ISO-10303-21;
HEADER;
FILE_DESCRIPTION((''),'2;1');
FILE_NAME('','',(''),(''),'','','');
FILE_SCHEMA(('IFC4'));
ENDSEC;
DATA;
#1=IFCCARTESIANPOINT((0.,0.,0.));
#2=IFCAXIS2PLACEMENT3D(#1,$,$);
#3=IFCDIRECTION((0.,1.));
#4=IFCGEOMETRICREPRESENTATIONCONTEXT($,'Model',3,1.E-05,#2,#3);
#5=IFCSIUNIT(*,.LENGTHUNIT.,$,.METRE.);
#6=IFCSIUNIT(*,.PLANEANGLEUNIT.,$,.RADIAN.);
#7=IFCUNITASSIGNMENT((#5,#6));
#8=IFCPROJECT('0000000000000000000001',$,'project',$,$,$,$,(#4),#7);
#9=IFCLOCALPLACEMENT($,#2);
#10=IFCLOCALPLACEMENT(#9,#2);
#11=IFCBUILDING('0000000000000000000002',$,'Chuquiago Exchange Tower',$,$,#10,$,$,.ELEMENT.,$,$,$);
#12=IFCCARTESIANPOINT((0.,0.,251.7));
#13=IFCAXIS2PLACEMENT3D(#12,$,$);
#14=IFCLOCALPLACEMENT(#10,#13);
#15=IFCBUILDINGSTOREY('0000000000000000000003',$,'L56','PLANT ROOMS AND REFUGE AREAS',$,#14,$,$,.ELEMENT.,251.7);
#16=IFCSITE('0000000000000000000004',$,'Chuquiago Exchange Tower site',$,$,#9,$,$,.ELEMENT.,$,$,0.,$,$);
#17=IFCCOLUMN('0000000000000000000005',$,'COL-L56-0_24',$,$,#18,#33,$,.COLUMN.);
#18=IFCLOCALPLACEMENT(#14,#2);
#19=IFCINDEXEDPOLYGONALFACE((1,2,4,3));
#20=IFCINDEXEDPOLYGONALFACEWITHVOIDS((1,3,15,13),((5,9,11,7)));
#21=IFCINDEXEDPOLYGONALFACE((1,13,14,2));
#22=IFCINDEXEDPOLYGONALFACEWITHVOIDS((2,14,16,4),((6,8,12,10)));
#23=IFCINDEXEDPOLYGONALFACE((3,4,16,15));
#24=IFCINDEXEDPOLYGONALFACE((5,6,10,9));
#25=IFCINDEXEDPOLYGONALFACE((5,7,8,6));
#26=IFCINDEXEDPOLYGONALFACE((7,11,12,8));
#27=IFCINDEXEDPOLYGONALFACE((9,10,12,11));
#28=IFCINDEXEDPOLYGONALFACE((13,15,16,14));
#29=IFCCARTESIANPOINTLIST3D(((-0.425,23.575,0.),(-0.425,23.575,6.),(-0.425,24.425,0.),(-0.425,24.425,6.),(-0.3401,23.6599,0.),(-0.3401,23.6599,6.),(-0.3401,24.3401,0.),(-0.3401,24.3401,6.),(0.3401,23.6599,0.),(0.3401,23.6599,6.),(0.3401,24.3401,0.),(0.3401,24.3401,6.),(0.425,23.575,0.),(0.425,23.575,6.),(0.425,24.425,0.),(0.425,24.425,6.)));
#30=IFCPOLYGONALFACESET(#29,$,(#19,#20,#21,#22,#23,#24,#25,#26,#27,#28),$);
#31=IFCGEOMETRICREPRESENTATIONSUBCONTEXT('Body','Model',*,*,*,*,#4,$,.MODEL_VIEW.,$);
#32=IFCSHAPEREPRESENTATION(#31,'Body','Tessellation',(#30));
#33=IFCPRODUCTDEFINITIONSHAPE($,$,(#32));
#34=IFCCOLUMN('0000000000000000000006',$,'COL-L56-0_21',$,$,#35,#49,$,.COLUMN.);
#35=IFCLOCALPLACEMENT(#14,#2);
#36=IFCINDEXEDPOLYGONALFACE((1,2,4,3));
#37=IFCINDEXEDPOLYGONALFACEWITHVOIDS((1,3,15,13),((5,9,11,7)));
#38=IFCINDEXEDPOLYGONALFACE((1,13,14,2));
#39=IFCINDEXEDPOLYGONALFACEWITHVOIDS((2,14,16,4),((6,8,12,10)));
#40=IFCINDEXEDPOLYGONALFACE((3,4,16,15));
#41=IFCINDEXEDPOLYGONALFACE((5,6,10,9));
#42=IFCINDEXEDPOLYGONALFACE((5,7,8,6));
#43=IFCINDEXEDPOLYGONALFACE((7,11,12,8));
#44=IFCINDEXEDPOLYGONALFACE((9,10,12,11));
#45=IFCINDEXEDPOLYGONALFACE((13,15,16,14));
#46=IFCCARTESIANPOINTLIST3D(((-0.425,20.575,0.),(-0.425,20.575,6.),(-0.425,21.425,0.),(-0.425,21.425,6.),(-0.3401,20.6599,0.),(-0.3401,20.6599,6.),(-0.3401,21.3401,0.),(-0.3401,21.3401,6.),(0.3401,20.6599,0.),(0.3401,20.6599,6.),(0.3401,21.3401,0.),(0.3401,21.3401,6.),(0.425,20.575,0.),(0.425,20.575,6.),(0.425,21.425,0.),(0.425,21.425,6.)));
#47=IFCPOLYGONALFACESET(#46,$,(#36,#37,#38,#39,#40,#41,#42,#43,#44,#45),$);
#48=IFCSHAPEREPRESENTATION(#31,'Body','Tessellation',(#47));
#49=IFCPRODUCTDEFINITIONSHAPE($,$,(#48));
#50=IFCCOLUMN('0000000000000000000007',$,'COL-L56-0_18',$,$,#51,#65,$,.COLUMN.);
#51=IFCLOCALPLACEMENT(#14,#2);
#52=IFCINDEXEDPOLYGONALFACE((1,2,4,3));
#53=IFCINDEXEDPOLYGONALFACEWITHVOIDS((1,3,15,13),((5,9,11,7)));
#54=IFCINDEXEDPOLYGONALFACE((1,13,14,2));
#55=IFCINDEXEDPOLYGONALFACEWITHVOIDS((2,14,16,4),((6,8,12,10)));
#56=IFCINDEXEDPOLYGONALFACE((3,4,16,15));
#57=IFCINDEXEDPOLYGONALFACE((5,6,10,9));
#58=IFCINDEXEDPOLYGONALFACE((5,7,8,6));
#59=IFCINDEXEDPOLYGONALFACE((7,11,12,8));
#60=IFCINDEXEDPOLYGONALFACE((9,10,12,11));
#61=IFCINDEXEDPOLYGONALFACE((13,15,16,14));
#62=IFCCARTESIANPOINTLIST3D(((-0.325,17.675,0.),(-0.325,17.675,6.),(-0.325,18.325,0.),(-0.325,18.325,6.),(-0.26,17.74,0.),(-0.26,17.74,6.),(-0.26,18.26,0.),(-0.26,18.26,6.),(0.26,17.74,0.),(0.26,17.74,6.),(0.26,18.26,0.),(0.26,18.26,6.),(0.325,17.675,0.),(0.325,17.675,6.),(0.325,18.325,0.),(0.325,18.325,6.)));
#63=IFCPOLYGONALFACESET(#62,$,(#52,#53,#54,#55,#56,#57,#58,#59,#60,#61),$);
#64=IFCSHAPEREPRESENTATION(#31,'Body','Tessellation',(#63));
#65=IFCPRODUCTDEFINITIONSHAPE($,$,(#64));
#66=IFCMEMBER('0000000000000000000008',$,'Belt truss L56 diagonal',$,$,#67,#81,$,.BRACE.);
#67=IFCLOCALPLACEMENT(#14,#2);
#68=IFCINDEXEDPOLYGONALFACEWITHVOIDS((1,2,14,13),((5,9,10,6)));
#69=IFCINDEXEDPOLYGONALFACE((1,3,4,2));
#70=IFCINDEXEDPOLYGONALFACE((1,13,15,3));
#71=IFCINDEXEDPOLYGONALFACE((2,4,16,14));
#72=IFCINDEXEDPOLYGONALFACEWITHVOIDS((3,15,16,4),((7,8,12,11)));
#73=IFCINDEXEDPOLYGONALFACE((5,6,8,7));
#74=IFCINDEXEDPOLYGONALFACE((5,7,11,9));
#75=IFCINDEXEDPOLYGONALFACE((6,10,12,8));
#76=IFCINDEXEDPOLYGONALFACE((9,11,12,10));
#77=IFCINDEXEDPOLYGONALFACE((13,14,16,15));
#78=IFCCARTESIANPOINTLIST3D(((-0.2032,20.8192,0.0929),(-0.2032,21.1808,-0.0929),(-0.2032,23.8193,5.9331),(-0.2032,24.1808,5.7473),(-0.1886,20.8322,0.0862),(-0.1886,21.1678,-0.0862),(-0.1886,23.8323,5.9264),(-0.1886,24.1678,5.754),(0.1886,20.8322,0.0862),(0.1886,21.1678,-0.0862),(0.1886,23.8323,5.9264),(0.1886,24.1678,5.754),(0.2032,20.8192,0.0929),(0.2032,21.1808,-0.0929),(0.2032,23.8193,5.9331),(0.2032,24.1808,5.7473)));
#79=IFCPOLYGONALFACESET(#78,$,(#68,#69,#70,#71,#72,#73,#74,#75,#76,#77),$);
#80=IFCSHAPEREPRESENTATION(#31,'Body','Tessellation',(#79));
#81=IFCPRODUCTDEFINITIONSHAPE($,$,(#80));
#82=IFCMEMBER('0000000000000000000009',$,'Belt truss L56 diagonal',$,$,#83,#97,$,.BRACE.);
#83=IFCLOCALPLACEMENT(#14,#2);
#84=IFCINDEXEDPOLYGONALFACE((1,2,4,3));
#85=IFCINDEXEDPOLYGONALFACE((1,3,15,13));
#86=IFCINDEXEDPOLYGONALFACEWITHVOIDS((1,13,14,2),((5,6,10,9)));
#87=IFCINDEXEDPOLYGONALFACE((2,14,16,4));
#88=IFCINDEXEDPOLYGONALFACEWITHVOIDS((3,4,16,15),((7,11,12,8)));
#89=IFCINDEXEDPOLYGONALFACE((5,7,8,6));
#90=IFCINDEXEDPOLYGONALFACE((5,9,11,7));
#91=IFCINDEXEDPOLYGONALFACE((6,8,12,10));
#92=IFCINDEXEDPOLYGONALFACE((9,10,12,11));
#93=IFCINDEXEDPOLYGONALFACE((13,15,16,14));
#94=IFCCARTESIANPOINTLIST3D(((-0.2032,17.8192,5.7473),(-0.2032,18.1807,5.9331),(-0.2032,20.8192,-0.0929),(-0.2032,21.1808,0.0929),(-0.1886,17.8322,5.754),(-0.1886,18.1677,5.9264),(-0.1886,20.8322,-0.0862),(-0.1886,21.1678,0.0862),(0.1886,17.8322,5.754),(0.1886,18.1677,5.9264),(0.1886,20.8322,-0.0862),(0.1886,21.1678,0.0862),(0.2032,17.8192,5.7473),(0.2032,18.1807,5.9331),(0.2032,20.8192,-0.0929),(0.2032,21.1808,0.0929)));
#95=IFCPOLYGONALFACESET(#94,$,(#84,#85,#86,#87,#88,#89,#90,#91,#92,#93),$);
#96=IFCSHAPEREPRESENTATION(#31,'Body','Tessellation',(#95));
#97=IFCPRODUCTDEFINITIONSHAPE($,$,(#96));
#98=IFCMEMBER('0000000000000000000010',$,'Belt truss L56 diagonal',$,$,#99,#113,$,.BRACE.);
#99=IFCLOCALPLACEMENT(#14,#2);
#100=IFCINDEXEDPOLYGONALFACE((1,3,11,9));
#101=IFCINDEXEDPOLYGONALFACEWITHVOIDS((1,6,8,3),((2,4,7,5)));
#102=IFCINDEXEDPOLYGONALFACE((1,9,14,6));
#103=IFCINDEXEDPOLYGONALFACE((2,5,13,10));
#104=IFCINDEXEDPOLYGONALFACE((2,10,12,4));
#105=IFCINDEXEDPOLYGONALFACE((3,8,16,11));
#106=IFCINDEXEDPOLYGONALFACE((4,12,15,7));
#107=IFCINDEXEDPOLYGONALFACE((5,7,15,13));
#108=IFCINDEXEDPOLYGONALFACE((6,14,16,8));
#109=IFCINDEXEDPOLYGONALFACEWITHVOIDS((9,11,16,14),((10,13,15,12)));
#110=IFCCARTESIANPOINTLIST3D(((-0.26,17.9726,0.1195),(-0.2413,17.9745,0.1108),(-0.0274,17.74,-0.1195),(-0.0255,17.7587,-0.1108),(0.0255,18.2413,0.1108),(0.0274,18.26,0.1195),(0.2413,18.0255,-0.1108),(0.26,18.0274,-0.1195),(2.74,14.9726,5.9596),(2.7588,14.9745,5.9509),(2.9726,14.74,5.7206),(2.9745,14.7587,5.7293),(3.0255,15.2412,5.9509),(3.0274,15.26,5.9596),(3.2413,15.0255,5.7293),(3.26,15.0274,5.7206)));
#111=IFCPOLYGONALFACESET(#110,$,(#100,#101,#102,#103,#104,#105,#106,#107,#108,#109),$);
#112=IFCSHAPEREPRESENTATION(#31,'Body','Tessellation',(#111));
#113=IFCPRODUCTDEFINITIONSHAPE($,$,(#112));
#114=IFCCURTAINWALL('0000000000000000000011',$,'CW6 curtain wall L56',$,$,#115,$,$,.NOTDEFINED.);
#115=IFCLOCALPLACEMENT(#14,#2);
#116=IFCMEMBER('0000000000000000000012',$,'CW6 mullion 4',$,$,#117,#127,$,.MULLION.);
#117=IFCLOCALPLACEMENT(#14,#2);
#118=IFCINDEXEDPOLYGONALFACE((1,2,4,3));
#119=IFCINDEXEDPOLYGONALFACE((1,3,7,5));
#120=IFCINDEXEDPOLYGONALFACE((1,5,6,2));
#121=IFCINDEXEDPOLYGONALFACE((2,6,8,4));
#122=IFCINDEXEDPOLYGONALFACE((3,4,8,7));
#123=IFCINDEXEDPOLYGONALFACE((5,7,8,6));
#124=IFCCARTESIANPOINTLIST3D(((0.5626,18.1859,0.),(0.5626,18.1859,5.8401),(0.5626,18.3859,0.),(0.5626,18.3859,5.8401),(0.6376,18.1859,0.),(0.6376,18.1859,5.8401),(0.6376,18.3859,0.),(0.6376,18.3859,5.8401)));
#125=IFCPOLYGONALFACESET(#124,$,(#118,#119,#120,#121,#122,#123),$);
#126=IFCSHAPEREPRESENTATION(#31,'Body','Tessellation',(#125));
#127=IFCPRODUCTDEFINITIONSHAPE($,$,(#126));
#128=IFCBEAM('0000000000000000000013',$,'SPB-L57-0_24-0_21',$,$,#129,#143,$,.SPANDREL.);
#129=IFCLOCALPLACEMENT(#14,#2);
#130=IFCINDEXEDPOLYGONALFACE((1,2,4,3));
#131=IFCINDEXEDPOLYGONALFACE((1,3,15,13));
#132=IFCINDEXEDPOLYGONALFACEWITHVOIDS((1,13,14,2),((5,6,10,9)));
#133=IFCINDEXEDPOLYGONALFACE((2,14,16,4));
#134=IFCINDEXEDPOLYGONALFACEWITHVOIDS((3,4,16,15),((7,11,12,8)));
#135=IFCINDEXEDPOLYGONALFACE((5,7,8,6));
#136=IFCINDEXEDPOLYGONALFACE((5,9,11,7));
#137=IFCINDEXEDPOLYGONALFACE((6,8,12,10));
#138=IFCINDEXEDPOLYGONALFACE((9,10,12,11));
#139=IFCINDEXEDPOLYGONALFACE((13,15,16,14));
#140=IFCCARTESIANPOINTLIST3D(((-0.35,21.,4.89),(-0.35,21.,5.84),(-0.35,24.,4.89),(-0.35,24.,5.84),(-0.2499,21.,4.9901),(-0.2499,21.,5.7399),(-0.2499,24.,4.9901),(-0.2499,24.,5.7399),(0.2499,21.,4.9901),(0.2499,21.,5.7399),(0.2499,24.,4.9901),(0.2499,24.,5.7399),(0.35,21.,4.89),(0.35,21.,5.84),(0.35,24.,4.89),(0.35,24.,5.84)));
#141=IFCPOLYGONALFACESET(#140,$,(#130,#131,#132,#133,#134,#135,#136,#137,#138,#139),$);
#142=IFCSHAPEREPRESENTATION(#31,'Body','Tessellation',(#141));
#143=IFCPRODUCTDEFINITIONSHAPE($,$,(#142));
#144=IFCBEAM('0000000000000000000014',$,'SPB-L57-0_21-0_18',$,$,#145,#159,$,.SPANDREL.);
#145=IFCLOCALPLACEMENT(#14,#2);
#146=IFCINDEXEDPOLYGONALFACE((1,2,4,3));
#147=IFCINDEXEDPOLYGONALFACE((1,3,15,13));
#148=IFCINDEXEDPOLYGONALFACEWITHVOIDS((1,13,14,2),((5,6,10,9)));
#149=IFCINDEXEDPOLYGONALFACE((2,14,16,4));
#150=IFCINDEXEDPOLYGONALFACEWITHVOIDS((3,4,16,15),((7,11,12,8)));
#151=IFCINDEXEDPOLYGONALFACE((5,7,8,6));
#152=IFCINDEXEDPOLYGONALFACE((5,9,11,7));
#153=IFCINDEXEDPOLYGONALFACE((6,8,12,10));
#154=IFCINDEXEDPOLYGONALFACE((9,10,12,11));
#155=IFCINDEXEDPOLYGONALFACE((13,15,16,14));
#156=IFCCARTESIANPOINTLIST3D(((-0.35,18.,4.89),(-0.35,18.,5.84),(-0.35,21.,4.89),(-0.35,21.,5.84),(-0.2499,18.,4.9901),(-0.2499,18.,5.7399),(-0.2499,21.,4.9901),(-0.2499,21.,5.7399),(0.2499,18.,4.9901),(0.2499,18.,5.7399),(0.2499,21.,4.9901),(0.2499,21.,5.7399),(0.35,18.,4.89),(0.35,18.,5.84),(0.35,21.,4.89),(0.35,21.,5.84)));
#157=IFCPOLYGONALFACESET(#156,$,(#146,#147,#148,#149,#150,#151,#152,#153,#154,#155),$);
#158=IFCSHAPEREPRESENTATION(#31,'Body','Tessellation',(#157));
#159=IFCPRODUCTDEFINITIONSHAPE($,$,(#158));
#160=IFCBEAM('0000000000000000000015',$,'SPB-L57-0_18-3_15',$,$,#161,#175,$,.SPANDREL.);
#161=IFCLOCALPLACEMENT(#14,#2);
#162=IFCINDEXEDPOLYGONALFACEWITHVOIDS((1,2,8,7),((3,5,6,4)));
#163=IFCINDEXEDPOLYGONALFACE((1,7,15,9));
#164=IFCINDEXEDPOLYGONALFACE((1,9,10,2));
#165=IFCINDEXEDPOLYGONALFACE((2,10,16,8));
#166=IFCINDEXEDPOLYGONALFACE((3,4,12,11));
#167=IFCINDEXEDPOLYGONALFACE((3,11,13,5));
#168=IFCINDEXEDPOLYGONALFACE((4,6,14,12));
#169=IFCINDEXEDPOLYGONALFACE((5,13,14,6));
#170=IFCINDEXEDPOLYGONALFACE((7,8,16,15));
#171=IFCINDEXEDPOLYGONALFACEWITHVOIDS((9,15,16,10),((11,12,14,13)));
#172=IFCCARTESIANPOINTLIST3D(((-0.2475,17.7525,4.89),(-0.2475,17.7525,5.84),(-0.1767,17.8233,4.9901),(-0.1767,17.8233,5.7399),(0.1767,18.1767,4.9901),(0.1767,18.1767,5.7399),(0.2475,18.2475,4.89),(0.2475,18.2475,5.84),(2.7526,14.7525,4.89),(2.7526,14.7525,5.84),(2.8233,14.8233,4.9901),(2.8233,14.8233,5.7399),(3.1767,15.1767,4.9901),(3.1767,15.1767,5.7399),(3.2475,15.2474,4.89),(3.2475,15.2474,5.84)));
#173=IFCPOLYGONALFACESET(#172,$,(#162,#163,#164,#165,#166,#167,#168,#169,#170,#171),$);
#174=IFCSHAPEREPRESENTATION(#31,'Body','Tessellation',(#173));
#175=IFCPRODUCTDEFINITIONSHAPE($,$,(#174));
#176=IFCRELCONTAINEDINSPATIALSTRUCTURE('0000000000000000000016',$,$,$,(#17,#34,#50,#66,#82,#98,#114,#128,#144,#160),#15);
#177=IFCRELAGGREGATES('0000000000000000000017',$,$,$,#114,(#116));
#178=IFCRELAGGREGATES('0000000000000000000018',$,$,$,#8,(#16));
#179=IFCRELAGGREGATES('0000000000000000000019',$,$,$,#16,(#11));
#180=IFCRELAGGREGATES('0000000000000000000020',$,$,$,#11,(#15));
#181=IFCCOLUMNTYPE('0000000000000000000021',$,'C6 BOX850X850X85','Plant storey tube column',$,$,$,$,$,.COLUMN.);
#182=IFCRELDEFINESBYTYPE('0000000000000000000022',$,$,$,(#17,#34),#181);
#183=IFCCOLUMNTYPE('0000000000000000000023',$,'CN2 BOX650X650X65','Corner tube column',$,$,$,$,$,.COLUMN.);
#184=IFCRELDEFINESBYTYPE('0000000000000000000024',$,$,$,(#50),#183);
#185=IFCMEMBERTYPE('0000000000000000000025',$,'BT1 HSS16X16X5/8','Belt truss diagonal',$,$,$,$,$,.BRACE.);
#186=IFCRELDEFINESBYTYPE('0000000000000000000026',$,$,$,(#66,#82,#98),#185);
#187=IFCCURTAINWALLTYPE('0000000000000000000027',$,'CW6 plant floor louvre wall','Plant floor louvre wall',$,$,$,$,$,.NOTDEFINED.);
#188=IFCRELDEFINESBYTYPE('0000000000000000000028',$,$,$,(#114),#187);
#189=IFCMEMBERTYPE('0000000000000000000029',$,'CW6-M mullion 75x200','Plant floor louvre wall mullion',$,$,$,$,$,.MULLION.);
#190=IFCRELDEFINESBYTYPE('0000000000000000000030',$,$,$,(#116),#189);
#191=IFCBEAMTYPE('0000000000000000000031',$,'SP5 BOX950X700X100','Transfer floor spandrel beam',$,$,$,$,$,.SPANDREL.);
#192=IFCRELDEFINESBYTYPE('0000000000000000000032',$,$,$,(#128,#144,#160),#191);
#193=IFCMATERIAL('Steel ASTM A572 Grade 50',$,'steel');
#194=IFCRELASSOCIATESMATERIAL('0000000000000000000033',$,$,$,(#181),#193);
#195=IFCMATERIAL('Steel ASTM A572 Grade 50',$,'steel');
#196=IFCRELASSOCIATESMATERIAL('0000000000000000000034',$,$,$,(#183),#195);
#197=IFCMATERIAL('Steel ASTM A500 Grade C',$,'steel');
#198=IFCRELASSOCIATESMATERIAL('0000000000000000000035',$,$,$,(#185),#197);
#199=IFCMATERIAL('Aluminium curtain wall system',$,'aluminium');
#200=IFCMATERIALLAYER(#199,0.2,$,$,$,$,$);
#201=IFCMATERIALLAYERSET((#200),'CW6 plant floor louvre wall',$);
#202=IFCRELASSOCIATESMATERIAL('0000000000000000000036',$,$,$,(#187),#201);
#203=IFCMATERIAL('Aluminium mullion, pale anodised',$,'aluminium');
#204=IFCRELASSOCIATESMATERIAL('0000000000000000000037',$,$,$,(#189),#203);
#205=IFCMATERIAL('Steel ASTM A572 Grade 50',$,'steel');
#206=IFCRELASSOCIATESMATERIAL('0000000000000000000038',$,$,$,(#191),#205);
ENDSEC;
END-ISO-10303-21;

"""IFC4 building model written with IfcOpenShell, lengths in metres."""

from ifc_helpers import new_model, si_unit, direction, frame, origin, origin_2d, place, context, subcontext, project, spatial, rectangle, hollow_rectangle, extrude, material, layer, layer_set, material_profile, profile_set, type_object, element, aggregate, save


model = new_model("IFC4")

# Units and contexts
model_context = context("Model", 3, precision=1e-05, world=origin(), true_north=direction((0.0, 1.0)))
body_context = subcontext(model_context, "Body", "Model", "MODEL_VIEW")
ifc_project = project(units=[si_unit("LENGTHUNIT", "METRE"), si_unit("PLANEANGLEUNIT", "RADIAN")], contexts=[model_context])

# Site, building, storey
site_placement = place(None, origin())
site = spatial("IfcSite", under=ifc_project, at=site_placement, Name="Chuquiago Exchange Tower site", CompositionType="ELEMENT", RefElevation=0.0)
building_placement = place(site_placement, origin())
building = spatial("IfcBuilding", under=site, at=building_placement, Name="Chuquiago Exchange Tower", CompositionType="ELEMENT")
storey_placement = place(building_placement, frame((0.0, 0.0, 251.7)))
storey = spatial("IfcBuildingStorey", under=building, at=storey_placement, Name="L56", Description="PLANT ROOMS AND REFUGE AREAS", CompositionType="ELEMENT", Elevation=251.7)

# Columns
ifc_material_1 = material(Name="Steel ASTM A572 Grade 50", Category="steel")
ifc_material_profile_1 = material_profile(ifc_material_1, hollow_rectangle(XDim=0.8501, YDim=0.8501, WallThickness=0.085, at=origin_2d()), Name="BOX850X850X85")
ifc_profile_set_1 = profile_set([ifc_material_profile_1], Name="Steel ASTM A572 Grade 50")
column_type_1 = type_object("IfcColumnType", Name="C6 BOX850X850X85", Description="Plant storey tube column", PredefinedType="COLUMN", material=ifc_profile_set_1)
for number, where, z_axis, x_axis, name in (
    (1, (0.0, 24.0, 0.0), (0.0, 0.0, 1.0), (-1.0, 0.0, 0.0), "COL-L56-0_24"),
    (2, (0.0, 21.0, 0.0), (0.0, 0.0, 1.0), (-1.0, 0.0, 0.0), "COL-L56-0_21"),
):
    element("IfcColumn", number, at=place(storey_placement, frame(where, z_axis=z_axis, x_axis=x_axis)), inside=storey, type_object=column_type_1, Name=name, PredefinedType="COLUMN", context=body_context, shape_type="SweptSolid", body=[
        extrude(hollow_rectangle(XDim=0.8501, YDim=0.8501, WallThickness=0.085, at=origin_2d()), origin(), (0.0, 0.0, 1.0), 6.0),
    ])
ifc_material_2 = material(Name="Steel ASTM A572 Grade 50", Category="steel")
ifc_material_profile_2 = material_profile(ifc_material_2, hollow_rectangle(XDim=0.6499, YDim=0.6499, WallThickness=0.0649, at=origin_2d()), Name="BOX650X650X65")
ifc_profile_set_2 = profile_set([ifc_material_profile_2], Name="Steel ASTM A572 Grade 50")
column_type_2 = type_object("IfcColumnType", Name="CN2 BOX650X650X65", Description="Corner tube column", PredefinedType="COLUMN", material=ifc_profile_set_2)
column_placement = place(storey_placement, frame((0.0, 18.0, 0.0), z_axis=(0.0, 0.0, 1.0), x_axis=(-1.0, 0.0, 0.0)))
element("IfcColumn", 3, at=column_placement, inside=storey, type_object=column_type_2, Name="COL-L56-0_18", PredefinedType="COLUMN", context=body_context, shape_type="SweptSolid", body=[
    extrude(hollow_rectangle(XDim=0.6499, YDim=0.6499, WallThickness=0.0649, at=origin_2d()), origin(), (0.0, 0.0, 1.0), 6.0),
])

# Members
ifc_material_3 = material(Name="Steel ASTM A500 Grade C", Category="steel")
ifc_material_profile_3 = material_profile(ifc_material_3, hollow_rectangle(XDim=0.4065, YDim=0.4065, WallThickness=0.0146, at=origin_2d()), Name="HSS16X16X5/8")
ifc_profile_set_3 = profile_set([ifc_material_profile_3], Name="Steel ASTM A500 Grade C")
member_type_1 = type_object("IfcMemberType", Name="BT1 HSS16X16X5/8", Description="Belt truss diagonal", PredefinedType="BRACE", material=ifc_profile_set_3)
for number, where, z_axis, x_axis, name in (
    (4, (0.0, 21.0, 0.0), (0.0, 0.45693, 0.889503), (-1.0, 0.0, 0.0), "Belt truss L56 diagonal"),
    (5, (0.0, 21.0, 0.0), (0.0, -0.45693, 0.889503), (1.0, 0.0, 0.0), "Belt truss L56 diagonal"),
):
    element("IfcMember", number, at=place(storey_placement, frame(where, z_axis=z_axis, x_axis=x_axis)), inside=storey, type_object=member_type_1, Name=name, PredefinedType="BRACE", context=body_context, shape_type="SweptSolid", body=[
        extrude(hollow_rectangle(XDim=0.4065, YDim=0.4065, WallThickness=0.0146, at=origin_2d()), origin(), (0.0, 0.0, 1.0), 6.5657),
    ])
member_1_placement = place(storey_placement, frame((0.0, 18.0, 0.0), z_axis=(0.415599, -0.415599, 0.809045), x_axis=(0.707107, 0.707107, 0.0)))
element("IfcMember", 6, at=member_1_placement, inside=storey, type_object=member_type_1, Name="Belt truss L56 diagonal", PredefinedType="BRACE", context=body_context, shape_type="SweptSolid", body=[
    extrude(hollow_rectangle(XDim=0.4065, YDim=0.4065, WallThickness=0.0146, at=origin_2d()), origin(), (0.0, 0.0, 1.0), 7.2185),
])

# Curtain wall, member
ifc_material_4 = material(Name="Aluminium curtain wall system", Category="aluminium")
ifc_layer_1 = layer(ifc_material_4, 0.2)
ifc_layer_set_1 = layer_set([ifc_layer_1], Name="CW6 plant floor louvre wall")
curtain_wall_type = type_object("IfcCurtainWallType", Name="CW6 plant floor louvre wall", Description="Plant floor louvre wall", PredefinedType="NOTDEFINED", material=ifc_layer_set_1)
curtain_wall_placement = place(storey_placement, origin())
curtain_wall = element("IfcCurtainWall", 7, at=curtain_wall_placement, inside=storey, type_object=curtain_wall_type, Name="CW6 curtain wall L56", PredefinedType="NOTDEFINED")
ifc_material_5 = material(Name="Aluminium mullion, pale anodised", Category="aluminium")
ifc_material_profile_4 = material_profile(ifc_material_5, rectangle(XDim=0.075, YDim=0.2, at=origin_2d()), Name="AL 75x200")
ifc_profile_set_4 = profile_set([ifc_material_profile_4], Name="Aluminium mullion, pale anodised")
member_type_2 = type_object("IfcMemberType", Name="CW6-M mullion 75x200", Description="Plant floor louvre wall mullion", PredefinedType="MULLION", material=ifc_profile_set_4)
member_2_placement = place(storey_placement, frame((0.6001, 18.2859, 0.0), z_axis=(0.0, 0.0, 1.0), x_axis=(1.0, 0.0, 0.0)))
member_2 = element("IfcMember", 8, at=member_2_placement, type_object=member_type_2, Name="CW6 mullion 4", PredefinedType="MULLION", context=body_context, shape_type="SweptSolid", body=[
    extrude(rectangle(XDim=0.075, YDim=0.2, at=origin_2d()), origin(), (0.0, 0.0, 1.0), 5.8401),
])
aggregate(curtain_wall, [member_2])

# Beams
ifc_material_6 = material(Name="Steel ASTM A572 Grade 50", Category="steel")
ifc_material_profile_5 = material_profile(ifc_material_6, hollow_rectangle(XDim=0.7, YDim=0.95, WallThickness=0.1001, at=origin_2d()), Name="BOX950X700X100")
ifc_profile_set_5 = profile_set([ifc_material_profile_5], Name="Steel ASTM A572 Grade 50")
beam_type = type_object("IfcBeamType", Name="SP5 BOX950X700X100", Description="Transfer floor spandrel beam", PredefinedType="SPANDREL", material=ifc_profile_set_5)
for number, where, z_axis, x_axis, name in (
    (9, (0.0, 24.0, 5.365), (0.0, -1.0, 0.0), (1.0, 0.0, 0.0), "SPB-L57-0_24-0_21"),
    (10, (0.0, 21.0, 5.365), (0.0, -1.0, 0.0), (1.0, 0.0, 0.0), "SPB-L57-0_21-0_18"),
):
    element("IfcBeam", number, at=place(storey_placement, frame(where, z_axis=z_axis, x_axis=x_axis)), inside=storey, type_object=beam_type, Name=name, PredefinedType="SPANDREL", context=body_context, shape_type="SweptSolid", body=[
        extrude(hollow_rectangle(XDim=0.7, YDim=0.95, WallThickness=0.1001, at=origin_2d()), origin(), (0.0, 0.0, 1.0), 3.0),
    ])
beam_placement = place(storey_placement, frame((0.0, 18.0, 5.365), z_axis=(0.707107, -0.707107, 0.0), x_axis=(0.707107, 0.707107, 0.0)))
element("IfcBeam", 11, at=beam_placement, inside=storey, type_object=beam_type, Name="SPB-L57-0_18-3_15", PredefinedType="SPANDREL", context=body_context, shape_type="SweptSolid", body=[
    extrude(hollow_rectangle(XDim=0.7, YDim=0.95, WallThickness=0.1001, at=origin_2d()), origin(), (0.0, 0.0, 1.0), 4.2427),
])

save(model, "model.ifc")
